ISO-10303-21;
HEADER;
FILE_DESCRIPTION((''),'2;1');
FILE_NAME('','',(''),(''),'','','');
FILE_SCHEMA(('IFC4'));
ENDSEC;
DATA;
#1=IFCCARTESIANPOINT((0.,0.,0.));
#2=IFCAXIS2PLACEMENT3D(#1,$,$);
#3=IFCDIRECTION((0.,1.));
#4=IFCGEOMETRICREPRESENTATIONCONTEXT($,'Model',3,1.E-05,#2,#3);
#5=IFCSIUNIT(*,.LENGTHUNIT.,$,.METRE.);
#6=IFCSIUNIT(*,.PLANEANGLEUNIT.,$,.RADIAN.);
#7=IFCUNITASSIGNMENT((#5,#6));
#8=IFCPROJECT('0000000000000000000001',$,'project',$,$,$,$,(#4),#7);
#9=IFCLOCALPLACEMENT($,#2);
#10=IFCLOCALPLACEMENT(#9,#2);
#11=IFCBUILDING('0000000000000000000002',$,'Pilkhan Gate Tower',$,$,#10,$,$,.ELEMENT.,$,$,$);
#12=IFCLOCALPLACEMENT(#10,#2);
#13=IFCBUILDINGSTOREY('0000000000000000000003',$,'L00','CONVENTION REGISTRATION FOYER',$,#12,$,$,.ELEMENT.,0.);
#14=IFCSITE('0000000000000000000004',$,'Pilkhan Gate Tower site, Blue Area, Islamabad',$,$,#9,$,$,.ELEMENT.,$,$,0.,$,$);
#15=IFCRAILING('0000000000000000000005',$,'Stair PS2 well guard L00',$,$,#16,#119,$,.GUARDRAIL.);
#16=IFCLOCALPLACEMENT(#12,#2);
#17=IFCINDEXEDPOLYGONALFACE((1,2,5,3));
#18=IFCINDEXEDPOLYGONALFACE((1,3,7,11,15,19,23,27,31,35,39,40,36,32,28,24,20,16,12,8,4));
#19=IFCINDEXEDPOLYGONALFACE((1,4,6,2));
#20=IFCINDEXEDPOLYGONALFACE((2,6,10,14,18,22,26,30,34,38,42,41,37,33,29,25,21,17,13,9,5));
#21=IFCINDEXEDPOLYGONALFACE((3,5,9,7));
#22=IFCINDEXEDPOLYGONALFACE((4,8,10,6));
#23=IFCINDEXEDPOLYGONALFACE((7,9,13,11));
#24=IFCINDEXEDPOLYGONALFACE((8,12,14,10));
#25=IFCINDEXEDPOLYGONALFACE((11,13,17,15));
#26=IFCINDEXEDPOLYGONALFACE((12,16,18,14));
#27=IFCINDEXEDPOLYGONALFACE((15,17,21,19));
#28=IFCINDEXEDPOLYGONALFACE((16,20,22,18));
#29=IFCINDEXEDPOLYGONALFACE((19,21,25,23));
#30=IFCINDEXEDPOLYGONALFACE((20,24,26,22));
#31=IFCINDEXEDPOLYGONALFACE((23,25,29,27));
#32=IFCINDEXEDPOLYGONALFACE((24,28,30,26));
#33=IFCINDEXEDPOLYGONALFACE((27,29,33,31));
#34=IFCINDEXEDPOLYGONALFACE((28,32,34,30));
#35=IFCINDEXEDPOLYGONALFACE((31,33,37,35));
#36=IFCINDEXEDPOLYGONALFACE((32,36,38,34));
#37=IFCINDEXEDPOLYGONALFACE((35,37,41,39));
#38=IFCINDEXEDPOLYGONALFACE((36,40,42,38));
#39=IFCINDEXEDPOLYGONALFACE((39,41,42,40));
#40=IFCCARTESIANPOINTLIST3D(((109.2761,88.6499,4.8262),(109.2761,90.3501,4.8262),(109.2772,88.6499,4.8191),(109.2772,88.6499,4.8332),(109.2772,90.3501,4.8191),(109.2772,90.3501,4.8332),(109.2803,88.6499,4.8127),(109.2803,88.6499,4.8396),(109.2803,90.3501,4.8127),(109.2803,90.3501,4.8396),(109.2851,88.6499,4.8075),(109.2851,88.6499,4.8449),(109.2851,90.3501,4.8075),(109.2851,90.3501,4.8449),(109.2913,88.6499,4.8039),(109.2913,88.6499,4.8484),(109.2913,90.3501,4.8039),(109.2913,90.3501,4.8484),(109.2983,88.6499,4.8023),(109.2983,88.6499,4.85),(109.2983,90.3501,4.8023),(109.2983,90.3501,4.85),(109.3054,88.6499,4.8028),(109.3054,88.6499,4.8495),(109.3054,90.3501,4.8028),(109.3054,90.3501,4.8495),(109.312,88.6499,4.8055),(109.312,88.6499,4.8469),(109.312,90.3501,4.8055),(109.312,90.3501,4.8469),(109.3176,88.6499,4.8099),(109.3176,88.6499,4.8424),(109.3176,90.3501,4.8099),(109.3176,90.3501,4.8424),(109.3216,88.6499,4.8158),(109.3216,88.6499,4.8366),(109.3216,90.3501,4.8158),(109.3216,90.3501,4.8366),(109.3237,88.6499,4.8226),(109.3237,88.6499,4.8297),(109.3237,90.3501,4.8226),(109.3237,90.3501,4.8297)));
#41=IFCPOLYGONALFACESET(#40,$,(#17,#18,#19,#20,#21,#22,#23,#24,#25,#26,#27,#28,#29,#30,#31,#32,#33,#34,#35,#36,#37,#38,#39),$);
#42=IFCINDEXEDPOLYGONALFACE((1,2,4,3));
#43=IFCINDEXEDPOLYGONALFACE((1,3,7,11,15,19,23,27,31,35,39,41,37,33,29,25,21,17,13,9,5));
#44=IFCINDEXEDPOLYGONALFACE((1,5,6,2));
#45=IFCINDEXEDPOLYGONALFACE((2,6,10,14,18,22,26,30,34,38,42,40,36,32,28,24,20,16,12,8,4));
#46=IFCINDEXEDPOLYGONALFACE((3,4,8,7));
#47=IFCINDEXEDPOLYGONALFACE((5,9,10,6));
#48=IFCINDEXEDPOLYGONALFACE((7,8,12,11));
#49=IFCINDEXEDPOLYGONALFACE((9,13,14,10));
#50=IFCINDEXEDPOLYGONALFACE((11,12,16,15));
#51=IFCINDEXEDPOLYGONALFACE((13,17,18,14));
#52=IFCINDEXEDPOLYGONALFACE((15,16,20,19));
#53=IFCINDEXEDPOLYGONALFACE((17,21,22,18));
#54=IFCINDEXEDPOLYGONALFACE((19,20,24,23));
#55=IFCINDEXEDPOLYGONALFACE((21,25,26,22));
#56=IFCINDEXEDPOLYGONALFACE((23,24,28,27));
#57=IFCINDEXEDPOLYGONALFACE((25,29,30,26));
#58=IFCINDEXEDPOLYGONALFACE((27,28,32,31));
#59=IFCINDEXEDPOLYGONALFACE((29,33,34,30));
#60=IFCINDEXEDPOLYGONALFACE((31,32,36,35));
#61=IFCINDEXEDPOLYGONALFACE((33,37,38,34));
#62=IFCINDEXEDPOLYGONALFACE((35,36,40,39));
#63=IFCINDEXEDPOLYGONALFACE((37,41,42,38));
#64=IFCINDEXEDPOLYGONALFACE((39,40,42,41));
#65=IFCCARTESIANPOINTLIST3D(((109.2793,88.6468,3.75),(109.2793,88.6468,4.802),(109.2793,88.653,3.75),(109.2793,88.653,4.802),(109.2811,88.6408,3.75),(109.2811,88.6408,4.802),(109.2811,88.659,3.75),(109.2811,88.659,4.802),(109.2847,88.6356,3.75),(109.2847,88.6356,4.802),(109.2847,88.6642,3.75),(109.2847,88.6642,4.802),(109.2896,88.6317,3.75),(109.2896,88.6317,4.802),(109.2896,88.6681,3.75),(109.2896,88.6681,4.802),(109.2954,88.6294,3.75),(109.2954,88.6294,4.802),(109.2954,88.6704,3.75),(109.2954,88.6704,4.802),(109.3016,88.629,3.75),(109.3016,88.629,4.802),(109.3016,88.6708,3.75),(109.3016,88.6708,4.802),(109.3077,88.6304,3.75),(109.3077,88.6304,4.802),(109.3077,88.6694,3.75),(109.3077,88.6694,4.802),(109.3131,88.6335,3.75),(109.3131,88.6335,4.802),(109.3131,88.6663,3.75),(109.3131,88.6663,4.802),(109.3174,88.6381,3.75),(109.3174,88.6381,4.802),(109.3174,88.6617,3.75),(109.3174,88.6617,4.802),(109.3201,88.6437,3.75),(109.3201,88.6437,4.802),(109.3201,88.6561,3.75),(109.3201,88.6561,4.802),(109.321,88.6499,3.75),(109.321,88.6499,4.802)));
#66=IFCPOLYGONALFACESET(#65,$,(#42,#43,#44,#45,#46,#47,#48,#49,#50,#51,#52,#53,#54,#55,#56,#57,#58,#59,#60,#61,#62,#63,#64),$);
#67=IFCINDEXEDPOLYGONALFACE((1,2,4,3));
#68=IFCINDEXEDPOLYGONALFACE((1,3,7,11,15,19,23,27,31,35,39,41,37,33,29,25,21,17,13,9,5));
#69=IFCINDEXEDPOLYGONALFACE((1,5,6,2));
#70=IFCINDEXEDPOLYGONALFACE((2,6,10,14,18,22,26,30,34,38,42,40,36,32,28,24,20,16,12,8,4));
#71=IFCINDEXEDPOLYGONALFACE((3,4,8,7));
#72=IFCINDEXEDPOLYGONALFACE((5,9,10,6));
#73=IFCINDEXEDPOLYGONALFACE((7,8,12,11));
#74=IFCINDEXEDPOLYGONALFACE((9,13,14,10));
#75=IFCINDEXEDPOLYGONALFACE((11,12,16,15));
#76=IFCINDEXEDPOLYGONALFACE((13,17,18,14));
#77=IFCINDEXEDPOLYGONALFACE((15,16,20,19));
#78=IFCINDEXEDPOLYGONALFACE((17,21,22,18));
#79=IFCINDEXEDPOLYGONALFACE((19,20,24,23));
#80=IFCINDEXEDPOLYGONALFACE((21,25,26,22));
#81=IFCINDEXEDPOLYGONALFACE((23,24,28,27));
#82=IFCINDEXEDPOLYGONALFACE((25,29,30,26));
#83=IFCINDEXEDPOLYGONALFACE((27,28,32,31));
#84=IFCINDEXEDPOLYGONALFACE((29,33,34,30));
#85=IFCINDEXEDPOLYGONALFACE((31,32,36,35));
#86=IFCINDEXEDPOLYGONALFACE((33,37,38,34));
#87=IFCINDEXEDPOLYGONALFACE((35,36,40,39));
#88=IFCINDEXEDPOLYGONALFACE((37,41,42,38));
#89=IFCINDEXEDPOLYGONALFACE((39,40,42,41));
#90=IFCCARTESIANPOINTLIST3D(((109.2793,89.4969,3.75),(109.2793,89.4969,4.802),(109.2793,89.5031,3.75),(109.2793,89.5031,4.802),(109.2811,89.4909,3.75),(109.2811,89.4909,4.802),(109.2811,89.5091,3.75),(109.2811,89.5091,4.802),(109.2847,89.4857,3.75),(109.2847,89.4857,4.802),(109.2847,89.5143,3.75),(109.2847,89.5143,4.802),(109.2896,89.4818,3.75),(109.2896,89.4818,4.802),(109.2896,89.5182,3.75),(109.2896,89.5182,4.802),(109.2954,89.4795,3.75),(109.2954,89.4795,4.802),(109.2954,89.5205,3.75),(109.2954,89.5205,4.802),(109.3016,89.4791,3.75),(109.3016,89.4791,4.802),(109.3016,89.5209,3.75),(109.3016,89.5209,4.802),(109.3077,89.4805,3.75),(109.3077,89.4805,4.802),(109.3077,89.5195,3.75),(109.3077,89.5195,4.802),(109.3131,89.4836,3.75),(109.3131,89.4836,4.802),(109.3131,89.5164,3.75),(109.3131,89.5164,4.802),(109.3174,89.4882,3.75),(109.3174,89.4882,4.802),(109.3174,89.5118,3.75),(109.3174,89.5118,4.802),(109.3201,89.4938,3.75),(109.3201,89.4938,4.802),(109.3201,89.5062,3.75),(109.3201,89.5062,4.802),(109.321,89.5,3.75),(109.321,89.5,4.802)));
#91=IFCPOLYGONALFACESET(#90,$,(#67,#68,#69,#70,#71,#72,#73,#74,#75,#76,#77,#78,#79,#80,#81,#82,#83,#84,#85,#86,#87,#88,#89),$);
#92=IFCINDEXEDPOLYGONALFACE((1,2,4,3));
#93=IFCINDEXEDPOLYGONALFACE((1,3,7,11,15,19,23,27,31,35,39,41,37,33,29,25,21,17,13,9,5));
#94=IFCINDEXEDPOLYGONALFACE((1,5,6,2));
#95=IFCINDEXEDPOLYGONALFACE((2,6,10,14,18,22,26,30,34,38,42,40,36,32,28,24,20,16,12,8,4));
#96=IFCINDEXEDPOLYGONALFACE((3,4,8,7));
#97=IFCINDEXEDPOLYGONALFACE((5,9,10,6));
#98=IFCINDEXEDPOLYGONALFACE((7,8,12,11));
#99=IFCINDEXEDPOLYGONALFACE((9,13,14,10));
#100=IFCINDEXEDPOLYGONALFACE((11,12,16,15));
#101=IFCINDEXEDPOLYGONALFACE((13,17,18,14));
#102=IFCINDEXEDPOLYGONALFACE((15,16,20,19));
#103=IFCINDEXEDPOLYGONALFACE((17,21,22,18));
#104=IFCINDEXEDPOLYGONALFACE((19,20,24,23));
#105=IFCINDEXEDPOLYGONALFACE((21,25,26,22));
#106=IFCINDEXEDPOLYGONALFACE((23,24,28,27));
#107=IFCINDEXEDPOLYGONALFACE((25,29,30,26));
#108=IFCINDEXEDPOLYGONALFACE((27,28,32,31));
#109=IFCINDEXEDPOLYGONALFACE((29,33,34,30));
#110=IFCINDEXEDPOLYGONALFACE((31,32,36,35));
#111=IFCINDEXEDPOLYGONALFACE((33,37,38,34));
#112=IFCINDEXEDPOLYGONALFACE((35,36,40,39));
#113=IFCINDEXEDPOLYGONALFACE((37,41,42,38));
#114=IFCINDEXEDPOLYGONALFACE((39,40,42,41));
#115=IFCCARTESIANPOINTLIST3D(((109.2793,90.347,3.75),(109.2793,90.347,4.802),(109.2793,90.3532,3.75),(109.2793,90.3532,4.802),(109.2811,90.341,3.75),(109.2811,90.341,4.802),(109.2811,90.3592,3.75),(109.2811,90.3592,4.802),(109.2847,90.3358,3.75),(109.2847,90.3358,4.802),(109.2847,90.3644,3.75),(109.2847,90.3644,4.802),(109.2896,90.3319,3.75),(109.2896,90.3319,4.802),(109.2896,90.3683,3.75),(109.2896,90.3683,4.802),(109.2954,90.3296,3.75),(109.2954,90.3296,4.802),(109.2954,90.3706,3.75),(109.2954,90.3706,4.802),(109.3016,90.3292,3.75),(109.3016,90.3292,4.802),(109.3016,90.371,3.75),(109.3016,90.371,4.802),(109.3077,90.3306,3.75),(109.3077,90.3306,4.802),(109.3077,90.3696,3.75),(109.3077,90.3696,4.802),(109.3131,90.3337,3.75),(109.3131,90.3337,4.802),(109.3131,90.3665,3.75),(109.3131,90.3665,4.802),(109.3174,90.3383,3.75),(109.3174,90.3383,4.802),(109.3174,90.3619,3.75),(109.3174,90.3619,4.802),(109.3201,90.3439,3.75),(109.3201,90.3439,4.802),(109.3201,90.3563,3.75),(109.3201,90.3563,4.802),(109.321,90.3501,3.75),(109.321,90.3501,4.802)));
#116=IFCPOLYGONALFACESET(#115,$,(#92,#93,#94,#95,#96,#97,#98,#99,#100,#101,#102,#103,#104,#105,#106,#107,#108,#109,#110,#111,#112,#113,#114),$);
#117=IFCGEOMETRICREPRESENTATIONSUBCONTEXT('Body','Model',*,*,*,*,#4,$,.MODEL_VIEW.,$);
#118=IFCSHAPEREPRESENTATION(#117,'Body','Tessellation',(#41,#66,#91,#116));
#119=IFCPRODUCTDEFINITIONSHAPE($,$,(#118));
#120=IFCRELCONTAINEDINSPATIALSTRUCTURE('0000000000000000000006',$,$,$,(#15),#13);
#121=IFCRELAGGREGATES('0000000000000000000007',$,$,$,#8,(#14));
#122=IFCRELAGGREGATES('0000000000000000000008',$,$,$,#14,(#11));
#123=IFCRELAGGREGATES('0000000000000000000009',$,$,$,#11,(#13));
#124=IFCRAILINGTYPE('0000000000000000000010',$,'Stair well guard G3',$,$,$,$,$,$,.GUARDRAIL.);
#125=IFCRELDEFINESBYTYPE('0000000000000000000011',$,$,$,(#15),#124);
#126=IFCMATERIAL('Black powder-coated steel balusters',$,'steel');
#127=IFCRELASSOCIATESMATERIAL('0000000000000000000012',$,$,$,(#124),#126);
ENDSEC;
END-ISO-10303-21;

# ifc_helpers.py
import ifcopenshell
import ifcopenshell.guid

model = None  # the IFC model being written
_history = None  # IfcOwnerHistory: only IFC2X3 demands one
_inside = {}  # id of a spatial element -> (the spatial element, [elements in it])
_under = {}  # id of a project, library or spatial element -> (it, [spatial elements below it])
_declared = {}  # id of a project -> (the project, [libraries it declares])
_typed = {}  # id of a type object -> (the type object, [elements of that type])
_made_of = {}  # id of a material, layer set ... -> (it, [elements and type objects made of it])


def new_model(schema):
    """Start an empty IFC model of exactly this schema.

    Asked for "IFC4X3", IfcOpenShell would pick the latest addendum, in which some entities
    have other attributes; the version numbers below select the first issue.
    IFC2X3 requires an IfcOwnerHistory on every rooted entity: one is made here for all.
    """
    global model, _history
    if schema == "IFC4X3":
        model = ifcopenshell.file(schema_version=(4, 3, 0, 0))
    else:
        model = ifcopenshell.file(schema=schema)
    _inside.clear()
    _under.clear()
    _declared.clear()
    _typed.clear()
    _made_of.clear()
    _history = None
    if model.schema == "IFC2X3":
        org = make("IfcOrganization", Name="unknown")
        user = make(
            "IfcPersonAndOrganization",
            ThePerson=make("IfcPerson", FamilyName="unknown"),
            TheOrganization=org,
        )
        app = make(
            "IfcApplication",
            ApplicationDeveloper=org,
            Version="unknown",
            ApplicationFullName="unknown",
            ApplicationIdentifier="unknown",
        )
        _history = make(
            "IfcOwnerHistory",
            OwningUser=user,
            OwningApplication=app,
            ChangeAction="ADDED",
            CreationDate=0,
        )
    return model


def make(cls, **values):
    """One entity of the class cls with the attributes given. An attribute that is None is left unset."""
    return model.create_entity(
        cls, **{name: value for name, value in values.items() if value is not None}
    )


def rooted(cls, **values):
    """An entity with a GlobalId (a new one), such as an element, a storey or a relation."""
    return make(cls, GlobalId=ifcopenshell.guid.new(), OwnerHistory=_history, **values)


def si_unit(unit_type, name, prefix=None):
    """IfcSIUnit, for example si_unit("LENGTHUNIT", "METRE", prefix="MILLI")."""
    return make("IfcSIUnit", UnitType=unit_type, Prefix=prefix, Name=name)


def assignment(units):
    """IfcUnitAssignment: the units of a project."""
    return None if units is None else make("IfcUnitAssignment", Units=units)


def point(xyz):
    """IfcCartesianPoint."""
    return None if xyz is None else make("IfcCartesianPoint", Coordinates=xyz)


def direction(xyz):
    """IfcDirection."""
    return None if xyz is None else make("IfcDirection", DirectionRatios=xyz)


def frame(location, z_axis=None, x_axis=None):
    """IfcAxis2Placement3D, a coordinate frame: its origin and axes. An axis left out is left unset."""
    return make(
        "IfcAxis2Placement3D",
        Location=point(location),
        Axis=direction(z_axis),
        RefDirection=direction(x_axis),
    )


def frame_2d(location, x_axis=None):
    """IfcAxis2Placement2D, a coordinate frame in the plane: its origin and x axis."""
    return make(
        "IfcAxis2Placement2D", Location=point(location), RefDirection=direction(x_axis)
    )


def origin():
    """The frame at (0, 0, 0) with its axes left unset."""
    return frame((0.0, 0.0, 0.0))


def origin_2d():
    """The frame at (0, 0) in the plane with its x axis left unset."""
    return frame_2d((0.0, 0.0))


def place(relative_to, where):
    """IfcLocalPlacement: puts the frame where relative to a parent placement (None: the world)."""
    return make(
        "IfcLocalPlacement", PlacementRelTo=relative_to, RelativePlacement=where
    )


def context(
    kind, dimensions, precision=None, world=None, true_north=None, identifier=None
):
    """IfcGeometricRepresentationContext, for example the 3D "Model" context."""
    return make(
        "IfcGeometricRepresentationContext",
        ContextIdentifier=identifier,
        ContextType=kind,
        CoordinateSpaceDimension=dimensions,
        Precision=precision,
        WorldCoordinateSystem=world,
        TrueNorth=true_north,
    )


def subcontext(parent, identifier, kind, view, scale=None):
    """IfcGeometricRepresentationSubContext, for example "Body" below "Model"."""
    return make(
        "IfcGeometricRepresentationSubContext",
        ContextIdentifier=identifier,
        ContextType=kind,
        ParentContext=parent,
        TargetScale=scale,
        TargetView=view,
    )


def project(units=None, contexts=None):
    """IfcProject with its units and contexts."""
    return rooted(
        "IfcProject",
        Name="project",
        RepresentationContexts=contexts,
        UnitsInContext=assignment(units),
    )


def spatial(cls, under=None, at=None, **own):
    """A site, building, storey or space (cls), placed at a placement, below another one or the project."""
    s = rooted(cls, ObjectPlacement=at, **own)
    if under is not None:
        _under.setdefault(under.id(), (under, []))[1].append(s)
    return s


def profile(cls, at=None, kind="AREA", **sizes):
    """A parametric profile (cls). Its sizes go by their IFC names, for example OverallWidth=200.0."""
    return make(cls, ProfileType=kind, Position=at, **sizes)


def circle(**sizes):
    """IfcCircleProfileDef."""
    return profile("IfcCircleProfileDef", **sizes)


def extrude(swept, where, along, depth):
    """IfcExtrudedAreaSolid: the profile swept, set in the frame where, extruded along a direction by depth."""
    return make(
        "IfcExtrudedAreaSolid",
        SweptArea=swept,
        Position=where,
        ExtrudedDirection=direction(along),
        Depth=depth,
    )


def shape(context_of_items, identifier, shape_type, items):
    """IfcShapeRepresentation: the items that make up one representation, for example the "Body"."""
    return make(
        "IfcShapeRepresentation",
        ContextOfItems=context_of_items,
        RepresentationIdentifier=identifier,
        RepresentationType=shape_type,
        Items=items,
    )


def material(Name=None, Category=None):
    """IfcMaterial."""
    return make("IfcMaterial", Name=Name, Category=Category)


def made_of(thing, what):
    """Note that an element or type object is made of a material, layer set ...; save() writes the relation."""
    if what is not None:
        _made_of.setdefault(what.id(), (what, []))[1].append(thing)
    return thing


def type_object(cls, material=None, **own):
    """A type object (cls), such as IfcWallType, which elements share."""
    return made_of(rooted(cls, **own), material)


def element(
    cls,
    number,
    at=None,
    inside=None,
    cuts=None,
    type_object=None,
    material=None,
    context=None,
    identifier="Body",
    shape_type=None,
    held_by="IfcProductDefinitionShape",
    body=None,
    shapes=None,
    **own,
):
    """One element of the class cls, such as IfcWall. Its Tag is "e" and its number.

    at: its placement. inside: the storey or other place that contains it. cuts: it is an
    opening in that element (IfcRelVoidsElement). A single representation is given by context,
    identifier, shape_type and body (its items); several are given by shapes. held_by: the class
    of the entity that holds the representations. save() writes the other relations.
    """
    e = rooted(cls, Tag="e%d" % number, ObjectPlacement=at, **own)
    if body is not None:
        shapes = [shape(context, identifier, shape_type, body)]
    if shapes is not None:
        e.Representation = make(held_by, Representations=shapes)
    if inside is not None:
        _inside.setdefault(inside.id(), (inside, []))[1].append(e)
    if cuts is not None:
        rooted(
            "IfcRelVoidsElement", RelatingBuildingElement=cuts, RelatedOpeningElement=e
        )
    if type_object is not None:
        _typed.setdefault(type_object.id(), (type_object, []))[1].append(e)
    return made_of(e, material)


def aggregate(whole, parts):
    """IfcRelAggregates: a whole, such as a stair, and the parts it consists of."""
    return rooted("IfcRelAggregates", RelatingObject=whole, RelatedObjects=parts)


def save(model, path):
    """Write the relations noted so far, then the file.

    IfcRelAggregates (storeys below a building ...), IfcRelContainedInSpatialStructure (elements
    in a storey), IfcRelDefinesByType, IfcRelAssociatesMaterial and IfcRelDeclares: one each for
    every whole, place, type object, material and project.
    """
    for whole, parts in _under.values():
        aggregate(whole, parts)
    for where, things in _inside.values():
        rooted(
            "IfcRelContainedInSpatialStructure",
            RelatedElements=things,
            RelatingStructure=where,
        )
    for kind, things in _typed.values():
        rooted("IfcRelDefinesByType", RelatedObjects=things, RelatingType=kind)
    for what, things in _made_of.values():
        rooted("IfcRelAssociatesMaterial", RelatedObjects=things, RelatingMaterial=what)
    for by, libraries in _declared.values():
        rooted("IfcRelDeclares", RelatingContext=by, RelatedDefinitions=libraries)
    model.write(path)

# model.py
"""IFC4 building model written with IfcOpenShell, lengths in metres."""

from ifc_helpers import new_model, si_unit, direction, frame, origin, origin_2d, place, context, subcontext, project, spatial, circle, extrude, material, type_object, element, save


model = new_model("IFC4")

# Units and contexts
model_context = context("Model", 3, precision=1e-05, world=origin(), true_north=direction((0.0, 1.0)))
body_context = subcontext(model_context, "Body", "Model", "MODEL_VIEW")
ifc_project = project(units=[si_unit("LENGTHUNIT", "METRE"), si_unit("PLANEANGLEUNIT", "RADIAN")], contexts=[model_context])

# Site, building, storey
site_placement = place(None, origin())
site = spatial("IfcSite", under=ifc_project, at=site_placement, Name="Pilkhan Gate Tower site, Blue Area, Islamabad", CompositionType="ELEMENT", RefElevation=0.0)
building_placement = place(site_placement, origin())
building = spatial("IfcBuilding", under=site, at=building_placement, Name="Pilkhan Gate Tower", CompositionType="ELEMENT")
storey_placement = place(building_placement, origin())
storey = spatial("IfcBuildingStorey", under=building, at=storey_placement, Name="L00", Description="CONVENTION REGISTRATION FOYER", CompositionType="ELEMENT", Elevation=0.0)

# Railing
ifc_material_1 = material(Name="Black powder-coated steel balusters", Category="steel")
railing_type_1 = type_object("IfcRailingType", Name="Stair well guard G3", PredefinedType="GUARDRAIL", material=ifc_material_1)
railing_1_placement = place(storey_placement, frame((109.3, 88.6499, 3.75)))
element("IfcRailing", 1, at=railing_1_placement, inside=storey, type_object=railing_type_1, Name="Stair PS2 well guard L00", PredefinedType="GUARDRAIL", context=body_context, shape_type="SweptSolid", body=[
    extrude(circle(Radius=0.0239, at=origin_2d()), frame((0.0, 0.0, 1.0762), z_axis=(0.0, 1.0, 0.0), x_axis=(-1.0, 0.0, 0.0)), (0.0, 0.0, 1.0), 1.7002),
    extrude(circle(Radius=0.021, at=origin_2d()), origin(), (0.0, 0.0, 1.0), 1.052),
    extrude(circle(Radius=0.021, at=origin_2d()), frame((0.0, 0.8501, 0.0)), (0.0, 0.0, 1.0), 1.052),
    extrude(circle(Radius=0.021, at=origin_2d()), frame((0.0, 1.7002, 0.0)), (0.0, 0.0, 1.0), 1.052),
])

save(model, "model.ifc")
